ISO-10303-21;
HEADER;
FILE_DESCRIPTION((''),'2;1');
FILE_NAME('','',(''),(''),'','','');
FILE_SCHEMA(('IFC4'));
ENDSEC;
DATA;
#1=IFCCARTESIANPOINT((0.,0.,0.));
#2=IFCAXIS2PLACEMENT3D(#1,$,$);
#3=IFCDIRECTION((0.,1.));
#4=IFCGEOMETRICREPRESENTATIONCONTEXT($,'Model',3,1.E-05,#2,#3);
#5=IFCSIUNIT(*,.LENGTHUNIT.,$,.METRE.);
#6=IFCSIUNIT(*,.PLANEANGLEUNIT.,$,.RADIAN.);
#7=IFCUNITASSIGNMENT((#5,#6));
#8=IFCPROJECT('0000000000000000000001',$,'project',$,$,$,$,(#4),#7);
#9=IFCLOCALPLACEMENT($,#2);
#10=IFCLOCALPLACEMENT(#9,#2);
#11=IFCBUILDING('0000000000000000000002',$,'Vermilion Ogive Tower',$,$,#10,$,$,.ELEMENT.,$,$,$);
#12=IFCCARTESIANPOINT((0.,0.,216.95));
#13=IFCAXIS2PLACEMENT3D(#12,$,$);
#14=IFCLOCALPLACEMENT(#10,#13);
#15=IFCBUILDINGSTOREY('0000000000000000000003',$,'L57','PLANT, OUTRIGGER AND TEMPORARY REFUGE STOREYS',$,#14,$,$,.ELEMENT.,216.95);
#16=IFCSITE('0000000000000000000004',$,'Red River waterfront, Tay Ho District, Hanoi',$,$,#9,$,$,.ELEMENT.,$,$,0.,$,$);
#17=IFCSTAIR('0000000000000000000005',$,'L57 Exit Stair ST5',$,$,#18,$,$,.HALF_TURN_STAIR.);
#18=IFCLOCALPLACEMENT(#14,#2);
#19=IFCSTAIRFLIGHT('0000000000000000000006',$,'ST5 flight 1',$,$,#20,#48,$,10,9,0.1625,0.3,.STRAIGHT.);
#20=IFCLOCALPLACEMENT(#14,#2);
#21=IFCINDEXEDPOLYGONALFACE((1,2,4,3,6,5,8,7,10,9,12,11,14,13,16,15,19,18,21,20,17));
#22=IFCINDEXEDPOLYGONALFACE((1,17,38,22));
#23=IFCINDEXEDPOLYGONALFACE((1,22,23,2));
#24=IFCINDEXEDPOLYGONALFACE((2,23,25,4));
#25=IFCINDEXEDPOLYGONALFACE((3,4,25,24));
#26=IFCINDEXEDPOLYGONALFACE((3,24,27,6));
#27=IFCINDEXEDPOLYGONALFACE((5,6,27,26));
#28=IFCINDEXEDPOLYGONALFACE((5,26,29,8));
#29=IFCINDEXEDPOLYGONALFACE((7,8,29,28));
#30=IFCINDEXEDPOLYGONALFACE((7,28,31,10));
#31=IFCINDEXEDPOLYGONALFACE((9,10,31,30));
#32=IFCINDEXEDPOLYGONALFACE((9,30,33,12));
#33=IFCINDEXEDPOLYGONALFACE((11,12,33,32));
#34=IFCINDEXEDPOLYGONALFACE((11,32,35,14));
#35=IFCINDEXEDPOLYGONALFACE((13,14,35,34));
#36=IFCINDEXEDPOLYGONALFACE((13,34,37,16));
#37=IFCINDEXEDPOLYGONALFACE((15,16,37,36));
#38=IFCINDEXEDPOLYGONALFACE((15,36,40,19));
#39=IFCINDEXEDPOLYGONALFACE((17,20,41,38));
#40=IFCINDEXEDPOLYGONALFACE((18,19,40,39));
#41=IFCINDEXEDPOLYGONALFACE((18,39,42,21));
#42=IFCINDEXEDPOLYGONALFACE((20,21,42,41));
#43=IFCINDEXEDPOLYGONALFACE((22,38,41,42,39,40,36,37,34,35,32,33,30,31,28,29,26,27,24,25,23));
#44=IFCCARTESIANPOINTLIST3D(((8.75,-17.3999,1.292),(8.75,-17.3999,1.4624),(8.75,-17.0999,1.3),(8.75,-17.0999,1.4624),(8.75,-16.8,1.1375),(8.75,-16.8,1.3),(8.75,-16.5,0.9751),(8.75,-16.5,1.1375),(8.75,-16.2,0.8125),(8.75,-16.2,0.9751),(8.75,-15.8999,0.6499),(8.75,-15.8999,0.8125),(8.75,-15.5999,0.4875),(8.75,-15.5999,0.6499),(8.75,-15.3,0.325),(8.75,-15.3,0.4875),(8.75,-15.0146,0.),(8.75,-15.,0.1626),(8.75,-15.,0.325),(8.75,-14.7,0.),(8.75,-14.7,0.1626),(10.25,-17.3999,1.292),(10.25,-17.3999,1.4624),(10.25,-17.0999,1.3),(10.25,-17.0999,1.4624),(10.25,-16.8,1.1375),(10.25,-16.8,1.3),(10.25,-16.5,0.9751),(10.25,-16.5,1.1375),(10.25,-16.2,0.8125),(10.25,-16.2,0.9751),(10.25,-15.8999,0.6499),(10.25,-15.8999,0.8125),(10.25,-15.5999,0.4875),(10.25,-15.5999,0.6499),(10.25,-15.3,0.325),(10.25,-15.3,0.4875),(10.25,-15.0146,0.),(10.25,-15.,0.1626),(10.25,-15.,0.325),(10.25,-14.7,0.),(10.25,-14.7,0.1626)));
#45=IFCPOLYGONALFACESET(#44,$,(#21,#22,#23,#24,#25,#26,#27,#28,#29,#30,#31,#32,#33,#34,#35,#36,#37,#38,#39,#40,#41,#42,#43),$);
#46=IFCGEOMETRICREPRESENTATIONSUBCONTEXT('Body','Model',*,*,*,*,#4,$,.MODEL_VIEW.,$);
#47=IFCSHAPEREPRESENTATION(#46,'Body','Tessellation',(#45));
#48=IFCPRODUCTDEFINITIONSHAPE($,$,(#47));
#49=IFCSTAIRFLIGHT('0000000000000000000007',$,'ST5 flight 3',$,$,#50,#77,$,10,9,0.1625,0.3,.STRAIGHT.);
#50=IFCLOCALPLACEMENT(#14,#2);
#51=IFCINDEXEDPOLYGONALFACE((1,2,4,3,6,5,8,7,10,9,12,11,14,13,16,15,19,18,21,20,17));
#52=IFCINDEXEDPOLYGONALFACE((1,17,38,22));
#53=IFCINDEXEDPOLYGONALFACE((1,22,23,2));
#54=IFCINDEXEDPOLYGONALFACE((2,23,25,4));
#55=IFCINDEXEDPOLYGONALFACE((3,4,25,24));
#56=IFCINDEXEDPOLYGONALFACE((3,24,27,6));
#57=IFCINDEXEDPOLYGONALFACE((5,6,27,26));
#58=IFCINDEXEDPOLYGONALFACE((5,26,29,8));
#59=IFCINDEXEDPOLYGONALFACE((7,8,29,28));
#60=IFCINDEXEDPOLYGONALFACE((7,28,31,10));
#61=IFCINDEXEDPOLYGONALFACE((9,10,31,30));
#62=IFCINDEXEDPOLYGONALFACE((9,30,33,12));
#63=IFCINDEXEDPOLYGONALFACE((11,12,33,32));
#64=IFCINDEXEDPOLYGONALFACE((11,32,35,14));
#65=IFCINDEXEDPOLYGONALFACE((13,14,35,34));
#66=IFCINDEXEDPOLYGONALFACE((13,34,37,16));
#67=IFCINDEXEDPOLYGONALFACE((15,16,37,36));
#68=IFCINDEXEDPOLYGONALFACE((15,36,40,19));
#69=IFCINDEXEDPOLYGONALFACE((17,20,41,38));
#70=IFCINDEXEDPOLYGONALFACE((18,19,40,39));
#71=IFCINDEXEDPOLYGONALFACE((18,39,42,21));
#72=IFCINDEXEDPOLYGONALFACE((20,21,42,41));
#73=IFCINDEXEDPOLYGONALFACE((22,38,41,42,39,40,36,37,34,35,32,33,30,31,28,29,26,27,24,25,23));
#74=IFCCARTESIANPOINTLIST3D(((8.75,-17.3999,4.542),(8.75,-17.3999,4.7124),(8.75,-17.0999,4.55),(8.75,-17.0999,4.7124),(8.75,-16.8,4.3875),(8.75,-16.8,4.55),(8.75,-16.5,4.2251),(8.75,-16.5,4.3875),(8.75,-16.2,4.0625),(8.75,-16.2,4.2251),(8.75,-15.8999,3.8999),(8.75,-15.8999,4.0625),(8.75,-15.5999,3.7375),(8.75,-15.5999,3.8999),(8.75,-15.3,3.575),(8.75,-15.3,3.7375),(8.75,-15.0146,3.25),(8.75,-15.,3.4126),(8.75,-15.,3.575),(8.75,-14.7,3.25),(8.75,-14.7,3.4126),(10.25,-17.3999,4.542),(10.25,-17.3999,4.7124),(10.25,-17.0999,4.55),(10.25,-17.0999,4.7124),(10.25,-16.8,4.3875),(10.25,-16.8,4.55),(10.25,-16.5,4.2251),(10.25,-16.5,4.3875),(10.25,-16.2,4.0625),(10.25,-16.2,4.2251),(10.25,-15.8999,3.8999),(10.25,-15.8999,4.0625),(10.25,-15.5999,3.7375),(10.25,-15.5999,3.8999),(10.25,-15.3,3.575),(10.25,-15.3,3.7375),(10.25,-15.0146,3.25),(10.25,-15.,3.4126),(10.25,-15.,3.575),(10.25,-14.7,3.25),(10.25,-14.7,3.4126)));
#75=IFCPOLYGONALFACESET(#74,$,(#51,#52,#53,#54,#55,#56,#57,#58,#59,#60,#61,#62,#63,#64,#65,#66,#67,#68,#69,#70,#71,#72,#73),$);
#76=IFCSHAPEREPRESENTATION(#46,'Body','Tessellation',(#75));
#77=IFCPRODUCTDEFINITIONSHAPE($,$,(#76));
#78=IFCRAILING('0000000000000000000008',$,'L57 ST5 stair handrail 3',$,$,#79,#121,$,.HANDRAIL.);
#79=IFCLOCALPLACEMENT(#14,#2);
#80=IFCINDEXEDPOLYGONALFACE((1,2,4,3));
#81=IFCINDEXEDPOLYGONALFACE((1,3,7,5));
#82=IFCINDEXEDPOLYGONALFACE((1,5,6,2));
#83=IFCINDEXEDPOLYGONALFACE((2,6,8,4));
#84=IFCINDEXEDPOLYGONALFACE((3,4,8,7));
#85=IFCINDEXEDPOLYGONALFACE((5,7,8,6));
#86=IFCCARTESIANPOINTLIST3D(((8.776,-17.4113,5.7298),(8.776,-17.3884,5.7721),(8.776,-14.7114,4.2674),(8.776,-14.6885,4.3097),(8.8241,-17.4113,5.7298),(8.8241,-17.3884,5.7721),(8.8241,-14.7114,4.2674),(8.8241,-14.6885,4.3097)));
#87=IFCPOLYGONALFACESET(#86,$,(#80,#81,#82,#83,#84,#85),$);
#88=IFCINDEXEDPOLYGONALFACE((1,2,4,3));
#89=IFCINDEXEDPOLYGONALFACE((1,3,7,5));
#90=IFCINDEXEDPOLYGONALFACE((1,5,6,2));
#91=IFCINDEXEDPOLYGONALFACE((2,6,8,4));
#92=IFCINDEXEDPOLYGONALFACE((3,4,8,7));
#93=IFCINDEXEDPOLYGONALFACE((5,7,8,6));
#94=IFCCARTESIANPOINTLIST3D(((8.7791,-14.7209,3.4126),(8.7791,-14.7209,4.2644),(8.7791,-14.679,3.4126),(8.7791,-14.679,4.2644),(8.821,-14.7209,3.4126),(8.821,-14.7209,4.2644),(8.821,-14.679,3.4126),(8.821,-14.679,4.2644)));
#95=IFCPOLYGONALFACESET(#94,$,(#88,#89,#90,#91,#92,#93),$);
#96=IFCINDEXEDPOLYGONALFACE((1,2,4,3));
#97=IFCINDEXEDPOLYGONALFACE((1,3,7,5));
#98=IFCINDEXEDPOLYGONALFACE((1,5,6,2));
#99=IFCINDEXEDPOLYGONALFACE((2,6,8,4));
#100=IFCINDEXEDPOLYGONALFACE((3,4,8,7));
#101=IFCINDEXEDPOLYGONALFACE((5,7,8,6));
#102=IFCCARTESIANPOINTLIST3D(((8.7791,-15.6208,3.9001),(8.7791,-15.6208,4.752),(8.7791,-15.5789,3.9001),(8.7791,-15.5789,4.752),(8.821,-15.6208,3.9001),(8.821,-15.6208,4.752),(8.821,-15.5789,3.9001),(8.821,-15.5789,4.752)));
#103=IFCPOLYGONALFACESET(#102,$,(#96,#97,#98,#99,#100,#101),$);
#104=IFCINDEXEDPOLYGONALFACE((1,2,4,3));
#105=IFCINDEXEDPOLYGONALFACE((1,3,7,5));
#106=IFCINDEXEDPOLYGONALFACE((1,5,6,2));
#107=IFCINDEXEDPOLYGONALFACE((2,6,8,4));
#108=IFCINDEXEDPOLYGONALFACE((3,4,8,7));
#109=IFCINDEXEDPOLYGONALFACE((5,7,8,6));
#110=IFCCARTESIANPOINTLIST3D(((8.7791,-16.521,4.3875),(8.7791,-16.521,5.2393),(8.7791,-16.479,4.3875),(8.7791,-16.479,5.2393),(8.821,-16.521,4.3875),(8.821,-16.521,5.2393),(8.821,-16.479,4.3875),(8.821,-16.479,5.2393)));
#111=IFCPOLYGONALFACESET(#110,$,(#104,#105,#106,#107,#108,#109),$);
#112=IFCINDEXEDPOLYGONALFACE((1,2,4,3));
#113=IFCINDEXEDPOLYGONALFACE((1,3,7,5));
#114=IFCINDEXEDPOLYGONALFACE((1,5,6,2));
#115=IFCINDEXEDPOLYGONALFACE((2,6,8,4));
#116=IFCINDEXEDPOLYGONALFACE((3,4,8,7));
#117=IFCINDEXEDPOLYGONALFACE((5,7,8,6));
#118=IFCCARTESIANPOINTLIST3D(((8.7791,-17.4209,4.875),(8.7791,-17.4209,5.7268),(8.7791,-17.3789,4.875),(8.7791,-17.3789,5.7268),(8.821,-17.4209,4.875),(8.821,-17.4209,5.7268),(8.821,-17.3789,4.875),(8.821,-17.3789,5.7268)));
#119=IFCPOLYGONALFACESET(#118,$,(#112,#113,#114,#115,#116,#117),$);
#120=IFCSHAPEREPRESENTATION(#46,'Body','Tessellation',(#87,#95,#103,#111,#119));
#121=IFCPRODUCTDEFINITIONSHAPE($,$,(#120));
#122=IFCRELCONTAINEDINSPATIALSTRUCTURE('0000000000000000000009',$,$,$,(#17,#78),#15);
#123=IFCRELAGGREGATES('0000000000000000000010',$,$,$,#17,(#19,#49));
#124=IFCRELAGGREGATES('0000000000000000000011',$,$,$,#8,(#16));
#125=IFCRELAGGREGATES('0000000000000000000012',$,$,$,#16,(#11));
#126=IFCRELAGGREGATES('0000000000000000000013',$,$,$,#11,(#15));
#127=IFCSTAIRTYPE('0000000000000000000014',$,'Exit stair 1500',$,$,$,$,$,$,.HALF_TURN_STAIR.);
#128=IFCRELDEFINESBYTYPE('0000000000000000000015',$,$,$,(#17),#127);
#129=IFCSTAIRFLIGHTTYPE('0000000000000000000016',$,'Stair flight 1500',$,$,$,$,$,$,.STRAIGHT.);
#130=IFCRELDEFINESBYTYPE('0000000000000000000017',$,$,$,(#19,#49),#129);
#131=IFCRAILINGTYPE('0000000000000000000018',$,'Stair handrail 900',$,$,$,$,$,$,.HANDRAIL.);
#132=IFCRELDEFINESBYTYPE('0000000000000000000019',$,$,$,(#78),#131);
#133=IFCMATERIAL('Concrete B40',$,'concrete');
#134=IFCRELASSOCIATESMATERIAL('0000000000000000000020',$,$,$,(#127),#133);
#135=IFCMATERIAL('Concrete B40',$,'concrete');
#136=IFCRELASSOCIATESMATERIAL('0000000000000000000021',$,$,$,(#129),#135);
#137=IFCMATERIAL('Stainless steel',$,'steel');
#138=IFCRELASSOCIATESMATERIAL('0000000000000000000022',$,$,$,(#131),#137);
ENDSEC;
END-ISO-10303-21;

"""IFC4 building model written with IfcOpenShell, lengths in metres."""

from ifc_helpers import new_model, si_unit, direction, frame, origin, origin_2d, place, context, subcontext, project, spatial, polyline, rectangle, outline, extrude, material, type_object, element, aggregate, save


model = new_model("IFC4")

# Units and contexts
model_context = context("Model", 3, precision=1e-05, world=origin(), true_north=direction((0.0, 1.0)))
body_context = subcontext(model_context, "Body", "Model", "MODEL_VIEW")
ifc_project = project(units=[si_unit("LENGTHUNIT", "METRE"), si_unit("PLANEANGLEUNIT", "RADIAN")], contexts=[model_context])

# Site, building, storey
site_placement = place(None, origin())
site = spatial("IfcSite", under=ifc_project, at=site_placement, Name="Red River waterfront, Tay Ho District, Hanoi", CompositionType="ELEMENT", RefElevation=0.0)
building_placement = place(site_placement, origin())
building = spatial("IfcBuilding", under=site, at=building_placement, Name="Vermilion Ogive Tower", CompositionType="ELEMENT")
storey_placement = place(building_placement, frame((0.0, 0.0, 216.95)))
storey = spatial("IfcBuildingStorey", under=building, at=storey_placement, Name="L57", Description="PLANT, OUTRIGGER AND TEMPORARY REFUGE STOREYS", CompositionType="ELEMENT", Elevation=216.95)

# Stair, stair flights
ifc_material_1 = material(Name="Concrete B40", Category="concrete")
stair_type = type_object("IfcStairType", Name="Exit stair 1500", PredefinedType="HALF_TURN_STAIR", material=ifc_material_1)
stair_placement = place(storey_placement, origin())
stair = element("IfcStair", 1, at=stair_placement, inside=storey, type_object=stair_type, Name="L57 Exit Stair ST5", PredefinedType="HALF_TURN_STAIR")
ifc_material_2 = material(Name="Concrete B40", Category="concrete")
stair_flight_type = type_object("IfcStairFlightType", Name="Stair flight 1500", PredefinedType="STRAIGHT", material=ifc_material_2)
stair_flight_1_placement = place(storey_placement, frame((9.5, -14.7, 0.0), z_axis=(0.0, 0.0, 1.0), x_axis=(0.0, -1.0, 0.0)))
stair_flight_1 = element("IfcStairFlight", 2, at=stair_flight_1_placement, type_object=stair_flight_type, Name="ST5 flight 1", NumberOfRisers=10, NumberOfTreads=9, PredefinedType="STRAIGHT", RiserHeight=0.1625, TreadLength=0.3, context=body_context, shape_type="SweptSolid", body=[
    extrude(outline(polyline([(0.0, 0.0), (0.0, 0.1626), (0.3, 0.1626), (0.3, 0.325), (0.6001, 0.325), (0.6001, 0.4875), (0.8999, 0.4875), (0.8999, 0.6499), (1.2, 0.6499), (1.2, 0.8125), (1.5, 0.8125), (1.5, 0.9751), (1.8, 0.9751), (1.8, 1.1375), (2.1001, 1.1375), (2.1001, 1.3), (2.3999, 1.3), (2.3999, 1.4624), (2.7, 1.4624), (2.7, 1.625), (2.7, 1.292), (0.3147, 0.0), (0.0, 0.0)])), frame((0.0, 0.75, 0.0), z_axis=(0.0, -1.0, 0.0), x_axis=(1.0, 0.0, 0.0)), (0.0, 0.0, 1.0), 1.5),
])
stair_flight_2_placement = place(storey_placement, frame((9.5, -14.7, 3.25), z_axis=(0.0, 0.0, 1.0), x_axis=(0.0, -1.0, 0.0)))
stair_flight_2 = element("IfcStairFlight", 3, at=stair_flight_2_placement, type_object=stair_flight_type, Name="ST5 flight 3", NumberOfRisers=10, NumberOfTreads=9, PredefinedType="STRAIGHT", RiserHeight=0.1625, TreadLength=0.3, context=body_context, shape_type="SweptSolid", body=[
    extrude(outline(polyline([(0.0, 0.0), (0.0, 0.1626), (0.3, 0.1626), (0.3, 0.325), (0.6001, 0.325), (0.6001, 0.4875), (0.8999, 0.4875), (0.8999, 0.6499), (1.2, 0.6499), (1.2, 0.8125), (1.5, 0.8125), (1.5, 0.9751), (1.8, 0.9751), (1.8, 1.1375), (2.1001, 1.1375), (2.1001, 1.3), (2.3999, 1.3), (2.3999, 1.4624), (2.7, 1.4624), (2.7, 1.625), (2.7, 1.292), (0.3147, 0.0), (0.0, 0.0)])), frame((0.0, 0.75, 0.0), z_axis=(0.0, -1.0, 0.0), x_axis=(1.0, 0.0, 0.0)), (0.0, 0.0, 1.0), 1.5),
])
aggregate(stair, [stair_flight_1, stair_flight_2])

# Railing
ifc_material_3 = material(Name="Stainless steel", Category="steel")
railing_type_1 = type_object("IfcRailingType", Name="Stair handrail 900", PredefinedType="HANDRAIL", material=ifc_material_3)
railing_1_placement = place(storey_placement, frame((8.8, -14.7, 3.4126)))
element("IfcRailing", 4, at=railing_1_placement, inside=storey, type_object=railing_type_1, Name="L57 ST5 stair handrail 3", PredefinedType="HANDRAIL", context=body_context, shape_type="SweptSolid", body=[
    extrude(rectangle(XDim=0.0481, YDim=0.0481, at=origin_2d()), frame((0.0, 0.0, 0.876), z_axis=(0.0, -0.879302, 0.476265), x_axis=(1.0, 0.0, 0.0)), (0.0, 0.0, 1.0), 3.0706),
    extrude(rectangle(XDim=0.042, YDim=0.042, at=origin_2d()), origin(), (0.0, 0.0, 1.0), 0.8518),
    extrude(rectangle(XDim=0.042, YDim=0.042, at=origin_2d()), frame((0.0, -0.8999, 0.4875)), (0.0, 0.0, 1.0), 0.8518),
    extrude(rectangle(XDim=0.042, YDim=0.042, at=origin_2d()), frame((0.0, -1.8, 0.9749)), (0.0, 0.0, 1.0), 0.8518),
    extrude(rectangle(XDim=0.042, YDim=0.042, at=origin_2d()), frame((0.0, -2.7, 1.4624)), (0.0, 0.0, 1.0), 0.8518),
])

save(model, "model.ifc")
